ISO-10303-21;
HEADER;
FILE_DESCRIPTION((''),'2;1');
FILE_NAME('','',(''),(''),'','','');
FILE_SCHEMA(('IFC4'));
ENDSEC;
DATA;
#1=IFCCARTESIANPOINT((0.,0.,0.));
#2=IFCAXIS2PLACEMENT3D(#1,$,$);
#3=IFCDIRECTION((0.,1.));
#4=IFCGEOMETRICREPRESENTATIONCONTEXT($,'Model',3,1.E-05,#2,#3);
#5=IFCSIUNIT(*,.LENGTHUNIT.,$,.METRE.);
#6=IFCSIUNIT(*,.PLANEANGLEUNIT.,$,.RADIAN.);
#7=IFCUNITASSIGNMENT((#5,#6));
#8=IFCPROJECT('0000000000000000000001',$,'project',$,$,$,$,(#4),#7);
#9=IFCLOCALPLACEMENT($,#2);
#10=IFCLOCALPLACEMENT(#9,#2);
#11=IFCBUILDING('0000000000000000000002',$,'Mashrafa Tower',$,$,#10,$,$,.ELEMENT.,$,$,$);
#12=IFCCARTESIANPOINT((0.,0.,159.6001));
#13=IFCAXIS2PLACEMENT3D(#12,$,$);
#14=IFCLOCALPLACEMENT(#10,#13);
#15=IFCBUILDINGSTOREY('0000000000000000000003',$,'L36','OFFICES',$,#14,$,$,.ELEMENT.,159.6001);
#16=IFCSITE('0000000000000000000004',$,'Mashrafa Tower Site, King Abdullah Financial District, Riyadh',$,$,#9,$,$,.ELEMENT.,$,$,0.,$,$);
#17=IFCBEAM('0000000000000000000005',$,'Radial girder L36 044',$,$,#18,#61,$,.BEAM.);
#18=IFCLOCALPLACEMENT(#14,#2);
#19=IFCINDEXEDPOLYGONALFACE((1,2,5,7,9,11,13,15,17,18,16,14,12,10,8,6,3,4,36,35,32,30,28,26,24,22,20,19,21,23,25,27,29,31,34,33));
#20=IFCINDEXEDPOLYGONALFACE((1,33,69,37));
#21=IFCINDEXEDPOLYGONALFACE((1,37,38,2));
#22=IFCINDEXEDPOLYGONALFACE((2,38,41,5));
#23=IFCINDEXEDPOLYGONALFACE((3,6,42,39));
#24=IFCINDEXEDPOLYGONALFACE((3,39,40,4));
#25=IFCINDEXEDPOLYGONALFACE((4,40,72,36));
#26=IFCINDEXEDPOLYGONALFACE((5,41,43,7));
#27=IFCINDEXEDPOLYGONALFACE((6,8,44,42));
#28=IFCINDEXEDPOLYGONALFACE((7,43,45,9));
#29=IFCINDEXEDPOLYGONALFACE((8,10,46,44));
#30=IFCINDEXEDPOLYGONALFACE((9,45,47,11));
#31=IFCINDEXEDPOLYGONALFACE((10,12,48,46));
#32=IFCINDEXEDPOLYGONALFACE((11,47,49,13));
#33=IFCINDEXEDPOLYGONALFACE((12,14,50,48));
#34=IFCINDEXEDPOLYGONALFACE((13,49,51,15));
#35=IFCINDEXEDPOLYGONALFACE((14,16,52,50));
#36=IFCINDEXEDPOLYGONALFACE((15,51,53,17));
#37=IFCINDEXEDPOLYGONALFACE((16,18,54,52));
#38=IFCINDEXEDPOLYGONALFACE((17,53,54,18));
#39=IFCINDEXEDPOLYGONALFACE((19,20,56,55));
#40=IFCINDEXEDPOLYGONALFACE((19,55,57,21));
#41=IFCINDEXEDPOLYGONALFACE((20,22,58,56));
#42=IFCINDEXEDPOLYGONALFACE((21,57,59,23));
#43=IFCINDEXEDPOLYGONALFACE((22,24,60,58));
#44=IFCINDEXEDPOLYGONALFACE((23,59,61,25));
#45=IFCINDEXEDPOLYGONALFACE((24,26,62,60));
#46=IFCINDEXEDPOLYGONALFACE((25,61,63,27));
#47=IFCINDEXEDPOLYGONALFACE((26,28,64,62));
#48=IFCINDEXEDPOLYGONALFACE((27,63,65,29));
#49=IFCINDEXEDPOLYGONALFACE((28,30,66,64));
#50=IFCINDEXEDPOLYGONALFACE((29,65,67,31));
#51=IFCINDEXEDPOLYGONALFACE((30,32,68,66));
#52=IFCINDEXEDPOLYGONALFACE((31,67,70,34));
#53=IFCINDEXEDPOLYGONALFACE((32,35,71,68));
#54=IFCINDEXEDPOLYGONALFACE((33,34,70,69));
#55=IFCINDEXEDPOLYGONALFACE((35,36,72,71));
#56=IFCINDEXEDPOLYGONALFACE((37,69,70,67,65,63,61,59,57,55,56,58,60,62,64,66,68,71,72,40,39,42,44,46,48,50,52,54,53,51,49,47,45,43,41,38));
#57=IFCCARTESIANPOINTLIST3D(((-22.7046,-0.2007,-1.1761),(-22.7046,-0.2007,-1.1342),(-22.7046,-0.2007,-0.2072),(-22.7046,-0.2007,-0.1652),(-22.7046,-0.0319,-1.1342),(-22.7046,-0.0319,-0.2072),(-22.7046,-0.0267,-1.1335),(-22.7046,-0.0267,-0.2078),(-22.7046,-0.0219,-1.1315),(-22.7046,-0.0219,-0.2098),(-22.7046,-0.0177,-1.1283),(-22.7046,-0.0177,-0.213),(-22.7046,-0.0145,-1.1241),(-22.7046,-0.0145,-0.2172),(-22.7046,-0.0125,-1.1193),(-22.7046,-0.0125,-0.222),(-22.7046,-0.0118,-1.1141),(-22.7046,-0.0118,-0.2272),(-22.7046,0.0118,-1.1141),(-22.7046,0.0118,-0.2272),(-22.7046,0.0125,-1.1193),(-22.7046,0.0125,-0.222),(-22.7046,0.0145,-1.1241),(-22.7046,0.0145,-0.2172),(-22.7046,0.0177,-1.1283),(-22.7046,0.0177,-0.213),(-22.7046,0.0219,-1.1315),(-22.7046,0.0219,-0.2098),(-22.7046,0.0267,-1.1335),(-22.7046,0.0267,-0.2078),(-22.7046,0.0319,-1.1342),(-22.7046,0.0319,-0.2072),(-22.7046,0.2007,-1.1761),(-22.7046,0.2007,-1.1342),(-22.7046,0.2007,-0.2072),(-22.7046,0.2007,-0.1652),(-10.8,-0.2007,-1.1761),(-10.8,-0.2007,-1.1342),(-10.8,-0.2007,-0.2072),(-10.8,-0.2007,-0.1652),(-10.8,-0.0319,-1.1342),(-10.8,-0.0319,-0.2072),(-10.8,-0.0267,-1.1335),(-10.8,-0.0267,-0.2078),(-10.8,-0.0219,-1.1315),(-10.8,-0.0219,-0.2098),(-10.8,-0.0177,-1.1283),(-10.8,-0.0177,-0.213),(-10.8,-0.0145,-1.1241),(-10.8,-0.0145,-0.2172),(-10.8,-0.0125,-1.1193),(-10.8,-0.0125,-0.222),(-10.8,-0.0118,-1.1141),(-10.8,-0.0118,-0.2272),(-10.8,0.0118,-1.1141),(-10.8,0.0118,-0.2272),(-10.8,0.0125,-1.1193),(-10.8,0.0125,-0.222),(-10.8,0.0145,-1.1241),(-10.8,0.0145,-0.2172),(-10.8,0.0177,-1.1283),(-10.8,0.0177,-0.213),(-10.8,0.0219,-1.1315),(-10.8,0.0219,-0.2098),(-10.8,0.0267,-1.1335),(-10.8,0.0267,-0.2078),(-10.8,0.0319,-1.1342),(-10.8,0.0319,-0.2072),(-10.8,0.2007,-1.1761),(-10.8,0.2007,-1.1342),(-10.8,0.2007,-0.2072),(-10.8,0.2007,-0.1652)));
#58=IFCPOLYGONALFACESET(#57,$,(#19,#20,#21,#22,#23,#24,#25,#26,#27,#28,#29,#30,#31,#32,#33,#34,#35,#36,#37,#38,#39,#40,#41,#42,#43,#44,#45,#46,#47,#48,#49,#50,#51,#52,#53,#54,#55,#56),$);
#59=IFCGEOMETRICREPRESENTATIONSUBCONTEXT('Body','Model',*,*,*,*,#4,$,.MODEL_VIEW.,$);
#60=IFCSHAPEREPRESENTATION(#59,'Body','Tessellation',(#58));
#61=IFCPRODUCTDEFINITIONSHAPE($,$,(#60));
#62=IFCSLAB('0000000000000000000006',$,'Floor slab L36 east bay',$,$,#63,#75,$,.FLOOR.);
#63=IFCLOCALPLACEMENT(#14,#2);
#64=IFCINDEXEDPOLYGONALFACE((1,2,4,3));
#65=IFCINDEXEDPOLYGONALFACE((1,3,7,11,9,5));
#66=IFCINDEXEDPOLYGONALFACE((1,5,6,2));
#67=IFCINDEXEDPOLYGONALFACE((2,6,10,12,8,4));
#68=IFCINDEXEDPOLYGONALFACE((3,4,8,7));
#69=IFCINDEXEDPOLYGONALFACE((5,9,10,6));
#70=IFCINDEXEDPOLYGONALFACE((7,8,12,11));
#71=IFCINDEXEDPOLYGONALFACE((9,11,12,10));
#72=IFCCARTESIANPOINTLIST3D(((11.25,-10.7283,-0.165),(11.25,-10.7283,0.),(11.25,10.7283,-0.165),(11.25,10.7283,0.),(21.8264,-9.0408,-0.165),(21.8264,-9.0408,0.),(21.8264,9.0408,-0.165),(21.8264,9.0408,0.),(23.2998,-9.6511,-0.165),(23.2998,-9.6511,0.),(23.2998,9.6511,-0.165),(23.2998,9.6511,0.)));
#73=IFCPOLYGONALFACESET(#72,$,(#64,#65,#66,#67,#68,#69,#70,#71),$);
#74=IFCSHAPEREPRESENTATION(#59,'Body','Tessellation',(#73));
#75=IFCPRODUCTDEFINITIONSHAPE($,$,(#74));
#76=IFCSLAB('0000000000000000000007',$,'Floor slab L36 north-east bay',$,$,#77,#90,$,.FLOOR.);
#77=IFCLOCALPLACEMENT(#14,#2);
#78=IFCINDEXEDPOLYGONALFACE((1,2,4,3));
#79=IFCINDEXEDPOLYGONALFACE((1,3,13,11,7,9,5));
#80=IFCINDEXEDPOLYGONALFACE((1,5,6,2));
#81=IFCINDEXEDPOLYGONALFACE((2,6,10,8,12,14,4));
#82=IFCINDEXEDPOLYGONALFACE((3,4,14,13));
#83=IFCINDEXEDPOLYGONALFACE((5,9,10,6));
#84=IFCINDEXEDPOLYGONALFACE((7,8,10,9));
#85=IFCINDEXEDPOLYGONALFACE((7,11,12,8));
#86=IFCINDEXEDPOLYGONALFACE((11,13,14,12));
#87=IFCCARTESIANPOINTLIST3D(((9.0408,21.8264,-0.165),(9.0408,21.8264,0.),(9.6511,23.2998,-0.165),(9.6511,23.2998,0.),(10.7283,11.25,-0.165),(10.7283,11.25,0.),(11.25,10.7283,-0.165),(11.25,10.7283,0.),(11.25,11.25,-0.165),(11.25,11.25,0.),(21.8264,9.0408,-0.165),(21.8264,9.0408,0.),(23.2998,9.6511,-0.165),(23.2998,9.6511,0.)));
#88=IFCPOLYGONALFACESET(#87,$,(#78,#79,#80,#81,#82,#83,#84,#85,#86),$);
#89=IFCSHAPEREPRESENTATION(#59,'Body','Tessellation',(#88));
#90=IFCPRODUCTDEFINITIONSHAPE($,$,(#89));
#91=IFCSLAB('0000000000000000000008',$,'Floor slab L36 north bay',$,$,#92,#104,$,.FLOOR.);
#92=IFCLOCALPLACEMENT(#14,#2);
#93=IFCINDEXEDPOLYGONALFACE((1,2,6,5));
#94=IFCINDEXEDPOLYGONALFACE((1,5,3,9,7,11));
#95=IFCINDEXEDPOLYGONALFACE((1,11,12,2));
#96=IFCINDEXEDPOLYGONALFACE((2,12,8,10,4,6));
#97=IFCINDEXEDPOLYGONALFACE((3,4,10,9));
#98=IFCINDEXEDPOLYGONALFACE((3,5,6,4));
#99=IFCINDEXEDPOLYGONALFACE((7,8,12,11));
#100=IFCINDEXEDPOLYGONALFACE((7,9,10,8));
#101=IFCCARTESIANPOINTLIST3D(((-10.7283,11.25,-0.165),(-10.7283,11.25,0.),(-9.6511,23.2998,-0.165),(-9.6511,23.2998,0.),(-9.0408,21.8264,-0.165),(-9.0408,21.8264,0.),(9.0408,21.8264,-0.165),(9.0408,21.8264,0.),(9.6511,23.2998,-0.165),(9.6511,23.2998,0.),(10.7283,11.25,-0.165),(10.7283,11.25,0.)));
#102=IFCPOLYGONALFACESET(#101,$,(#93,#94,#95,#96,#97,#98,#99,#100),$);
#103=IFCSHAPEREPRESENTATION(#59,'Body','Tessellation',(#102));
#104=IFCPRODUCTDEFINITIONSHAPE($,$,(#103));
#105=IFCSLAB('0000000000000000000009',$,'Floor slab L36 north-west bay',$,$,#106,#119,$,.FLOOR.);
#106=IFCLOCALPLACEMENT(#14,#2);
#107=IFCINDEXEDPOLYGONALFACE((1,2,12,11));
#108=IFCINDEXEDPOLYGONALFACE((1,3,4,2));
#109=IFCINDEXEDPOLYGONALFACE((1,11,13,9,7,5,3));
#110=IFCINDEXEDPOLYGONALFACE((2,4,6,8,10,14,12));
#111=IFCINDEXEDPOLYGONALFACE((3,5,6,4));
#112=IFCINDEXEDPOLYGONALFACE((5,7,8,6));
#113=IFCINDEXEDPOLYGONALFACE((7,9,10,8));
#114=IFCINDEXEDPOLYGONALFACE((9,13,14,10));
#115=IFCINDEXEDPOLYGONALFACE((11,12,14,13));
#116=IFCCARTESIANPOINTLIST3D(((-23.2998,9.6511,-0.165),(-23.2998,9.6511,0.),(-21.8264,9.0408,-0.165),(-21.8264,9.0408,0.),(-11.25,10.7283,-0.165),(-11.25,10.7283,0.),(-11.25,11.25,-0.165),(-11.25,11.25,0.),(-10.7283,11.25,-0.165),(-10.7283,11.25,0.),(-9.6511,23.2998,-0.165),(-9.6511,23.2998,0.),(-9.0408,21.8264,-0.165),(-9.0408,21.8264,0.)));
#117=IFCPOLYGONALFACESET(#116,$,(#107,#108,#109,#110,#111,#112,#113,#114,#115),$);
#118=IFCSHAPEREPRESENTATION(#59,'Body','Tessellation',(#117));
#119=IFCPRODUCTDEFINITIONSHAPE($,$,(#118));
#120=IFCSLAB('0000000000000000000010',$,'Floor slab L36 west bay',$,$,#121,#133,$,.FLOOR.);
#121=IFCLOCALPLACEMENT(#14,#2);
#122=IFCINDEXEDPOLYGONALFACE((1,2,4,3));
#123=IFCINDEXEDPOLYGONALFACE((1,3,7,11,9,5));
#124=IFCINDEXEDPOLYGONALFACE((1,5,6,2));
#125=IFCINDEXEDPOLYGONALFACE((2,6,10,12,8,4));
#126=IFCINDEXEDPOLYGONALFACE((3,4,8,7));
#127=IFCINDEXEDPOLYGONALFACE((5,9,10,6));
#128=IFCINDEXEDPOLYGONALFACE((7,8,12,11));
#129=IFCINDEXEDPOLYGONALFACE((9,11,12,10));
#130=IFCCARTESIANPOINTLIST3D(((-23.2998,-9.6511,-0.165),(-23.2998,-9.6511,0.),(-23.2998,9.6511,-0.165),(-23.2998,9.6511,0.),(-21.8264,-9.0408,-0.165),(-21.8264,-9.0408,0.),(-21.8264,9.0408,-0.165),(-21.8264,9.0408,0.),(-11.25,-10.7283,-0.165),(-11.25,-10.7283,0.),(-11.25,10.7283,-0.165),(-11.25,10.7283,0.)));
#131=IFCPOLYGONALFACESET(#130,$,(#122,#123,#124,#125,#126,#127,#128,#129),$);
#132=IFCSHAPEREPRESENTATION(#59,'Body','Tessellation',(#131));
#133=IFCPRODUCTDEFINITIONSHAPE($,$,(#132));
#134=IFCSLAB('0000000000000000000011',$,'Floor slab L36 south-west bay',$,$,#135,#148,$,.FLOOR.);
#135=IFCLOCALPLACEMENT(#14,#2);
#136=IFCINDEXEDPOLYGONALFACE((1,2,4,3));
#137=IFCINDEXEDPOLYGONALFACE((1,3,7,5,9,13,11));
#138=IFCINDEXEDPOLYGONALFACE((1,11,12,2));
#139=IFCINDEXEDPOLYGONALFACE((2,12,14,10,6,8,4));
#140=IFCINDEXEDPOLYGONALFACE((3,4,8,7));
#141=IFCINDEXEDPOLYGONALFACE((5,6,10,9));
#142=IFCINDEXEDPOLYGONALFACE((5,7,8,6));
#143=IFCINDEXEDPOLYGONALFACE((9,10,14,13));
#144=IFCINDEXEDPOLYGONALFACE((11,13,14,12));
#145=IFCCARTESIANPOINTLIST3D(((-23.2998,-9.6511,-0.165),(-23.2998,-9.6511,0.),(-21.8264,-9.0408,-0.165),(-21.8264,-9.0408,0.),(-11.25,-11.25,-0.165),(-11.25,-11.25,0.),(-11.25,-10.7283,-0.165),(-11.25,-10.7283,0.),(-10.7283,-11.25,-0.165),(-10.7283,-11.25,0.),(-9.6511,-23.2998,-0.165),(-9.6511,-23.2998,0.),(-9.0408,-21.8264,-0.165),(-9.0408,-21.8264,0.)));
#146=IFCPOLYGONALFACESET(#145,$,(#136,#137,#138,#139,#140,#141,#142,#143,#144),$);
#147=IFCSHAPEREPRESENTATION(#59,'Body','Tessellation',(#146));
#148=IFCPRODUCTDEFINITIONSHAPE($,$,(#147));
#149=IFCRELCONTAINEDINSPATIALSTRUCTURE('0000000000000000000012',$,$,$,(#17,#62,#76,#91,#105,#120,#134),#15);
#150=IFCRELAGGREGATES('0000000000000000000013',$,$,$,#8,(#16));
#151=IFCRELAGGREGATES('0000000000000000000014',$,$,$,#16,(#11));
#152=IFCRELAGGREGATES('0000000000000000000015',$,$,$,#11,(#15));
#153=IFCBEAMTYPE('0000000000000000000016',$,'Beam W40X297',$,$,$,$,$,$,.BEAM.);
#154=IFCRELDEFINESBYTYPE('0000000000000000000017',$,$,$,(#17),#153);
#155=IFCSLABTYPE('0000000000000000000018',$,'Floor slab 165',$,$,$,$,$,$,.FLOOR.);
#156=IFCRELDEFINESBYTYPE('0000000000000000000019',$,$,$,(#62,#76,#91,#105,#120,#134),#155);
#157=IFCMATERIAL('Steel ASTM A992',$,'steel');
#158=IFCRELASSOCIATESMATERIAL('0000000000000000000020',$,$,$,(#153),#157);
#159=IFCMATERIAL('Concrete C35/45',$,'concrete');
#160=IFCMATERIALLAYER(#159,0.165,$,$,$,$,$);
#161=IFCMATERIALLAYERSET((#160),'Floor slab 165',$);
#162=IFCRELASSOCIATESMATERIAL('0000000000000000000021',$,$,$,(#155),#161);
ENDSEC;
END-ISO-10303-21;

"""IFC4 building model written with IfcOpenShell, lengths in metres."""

from ifc_helpers import new_model, si_unit, direction, frame, origin, origin_2d, place, context, subcontext, project, spatial, polyline, i_section, outline, extrude, material, layer, layer_set, material_profile, profile_set, type_object, element, save


model = new_model("IFC4")

# Units and contexts
model_context = context("Model", 3, precision=1e-05, world=origin(), true_north=direction((0.0, 1.0)))
body_context = subcontext(model_context, "Body", "Model", "MODEL_VIEW")
ifc_project = project(units=[si_unit("LENGTHUNIT", "METRE"), si_unit("PLANEANGLEUNIT", "RADIAN")], contexts=[model_context])

# Site, building, storey
site_placement = place(None, origin())
site = spatial("IfcSite", under=ifc_project, at=site_placement, Name="Mashrafa Tower Site, King Abdullah Financial District, Riyadh", CompositionType="ELEMENT", RefElevation=0.0)
building_placement = place(site_placement, origin())
building = spatial("IfcBuilding", under=site, at=building_placement, Name="Mashrafa Tower", CompositionType="ELEMENT")
storey_placement = place(building_placement, frame((0.0, 0.0, 159.6001)))
storey = spatial("IfcBuildingStorey", under=building, at=storey_placement, Name="L36", Description="OFFICES", CompositionType="ELEMENT", Elevation=159.6001)

# Beam
ifc_material_1 = material(Name="Steel ASTM A992", Category="steel")
ifc_material_profile = material_profile(ifc_material_1, i_section(OverallWidth=0.4014, OverallDepth=1.011, WebThickness=0.0237, FlangeThickness=0.042, FilletRadius=0.02, at=origin_2d()), Name="W40X297")
ifc_profile_set = profile_set([ifc_material_profile], Name="Steel ASTM A992")
beam_type = type_object("IfcBeamType", Name="Beam W40X297", PredefinedType="BEAM", material=ifc_profile_set)
beam_placement = place(storey_placement, frame((-10.8, 0.0, -0.6707), z_axis=(-1.0, 0.0, 0.0), x_axis=(0.0, -1.0, 0.0)))
element("IfcBeam", 1, at=beam_placement, inside=storey, type_object=beam_type, Name="Radial girder L36 044", PredefinedType="BEAM", context=body_context, shape_type="SweptSolid", body=[
    extrude(i_section(OverallWidth=0.4014, OverallDepth=1.011, WebThickness=0.0237, FlangeThickness=0.042, FilletRadius=0.02, at=origin_2d()), origin(), (0.0, 0.0, 1.0), 11.9045),
])

# Slabs
ifc_material_2 = material(Name="Concrete C35/45", Category="concrete")
ifc_layer_1 = layer(ifc_material_2, 0.165)
ifc_layer_set_1 = layer_set([ifc_layer_1], Name="Floor slab 165")
slab_type = type_object("IfcSlabType", Name="Floor slab 165", PredefinedType="FLOOR", material=ifc_layer_set_1)
slab_1_placement = place(storey_placement, frame((0.0, 0.0, -0.165)))
element("IfcSlab", 2, at=slab_1_placement, inside=storey, type_object=slab_type, Name="Floor slab L36 east bay", PredefinedType="FLOOR", context=body_context, shape_type="SweptSolid", body=[
    extrude(outline(polyline([(23.2998, 9.6511), (23.2998, -9.6511), (23.2998, -9.6511), (21.8264, -9.0408), (11.25, -10.7283), (11.25, 10.7283), (21.8264, 9.0408), (23.2998, 9.6511), (23.2998, 9.6511)])), origin(), (0.0, 0.0, 1.0), 0.165),
])
slab_2_placement = place(storey_placement, frame((0.0, 0.0, -0.165)))
element("IfcSlab", 3, at=slab_2_placement, inside=storey, type_object=slab_type, Name="Floor slab L36 north-east bay", PredefinedType="FLOOR", context=body_context, shape_type="SweptSolid", body=[
    extrude(outline(polyline([(23.2998, 9.6511), (21.8264, 9.0408), (11.25, 10.7283), (11.25, 11.25), (10.7283, 11.25), (9.0408, 21.8264), (9.6511, 23.2998), (23.2998, 9.6511)])), origin(), (0.0, 0.0, 1.0), 0.165),
])
slab_3_placement = place(storey_placement, frame((0.0, 0.0, -0.165)))
element("IfcSlab", 4, at=slab_3_placement, inside=storey, type_object=slab_type, Name="Floor slab L36 north bay", PredefinedType="FLOOR", context=body_context, shape_type="SweptSolid", body=[
    extrude(outline(polyline([(-9.6511, 23.2998), (9.6511, 23.2998), (9.6511, 23.2998), (9.0408, 21.8264), (10.7283, 11.25), (-10.7283, 11.25), (-9.0408, 21.8264), (-9.6511, 23.2998), (-9.6511, 23.2998)])), origin(), (0.0, 0.0, 1.0), 0.165),
])
slab_4_placement = place(storey_placement, frame((0.0, 0.0, -0.165)))
element("IfcSlab", 5, at=slab_4_placement, inside=storey, type_object=slab_type, Name="Floor slab L36 north-west bay", PredefinedType="FLOOR", context=body_context, shape_type="SweptSolid", body=[
    extrude(outline(polyline([(-9.6511, 23.2998), (-9.0408, 21.8264), (-10.7283, 11.25), (-11.25, 11.25), (-11.25, 10.7283), (-21.8264, 9.0408), (-23.2998, 9.6511), (-9.6511, 23.2998)])), origin(), (0.0, 0.0, 1.0), 0.165),
])
slab_5_placement = place(storey_placement, frame((0.0, 0.0, -0.165)))
element("IfcSlab", 6, at=slab_5_placement, inside=storey, type_object=slab_type, Name="Floor slab L36 west bay", PredefinedType="FLOOR", context=body_context, shape_type="SweptSolid", body=[
    extrude(outline(polyline([(-23.2998, -9.6511), (-23.2998, 9.6511), (-23.2998, 9.6511), (-21.8264, 9.0408), (-11.25, 10.7283), (-11.25, -10.7283), (-21.8264, -9.0408), (-23.2998, -9.6511), (-23.2998, -9.6511)])), origin(), (0.0, 0.0, 1.0), 0.165),
])
slab_6_placement = place(storey_placement, frame((0.0, 0.0, -0.165)))
element("IfcSlab", 7, at=slab_6_placement, inside=storey, type_object=slab_type, Name="Floor slab L36 south-west bay", PredefinedType="FLOOR", context=body_context, shape_type="SweptSolid", body=[
    extrude(outline(polyline([(-23.2998, -9.6511), (-21.8264, -9.0408), (-11.25, -10.7283), (-11.25, -11.25), (-10.7283, -11.25), (-9.0408, -21.8264), (-9.6511, -23.2998), (-23.2998, -9.6511)])), origin(), (0.0, 0.0, 1.0), 0.165),
])

save(model, "model.ifc")
